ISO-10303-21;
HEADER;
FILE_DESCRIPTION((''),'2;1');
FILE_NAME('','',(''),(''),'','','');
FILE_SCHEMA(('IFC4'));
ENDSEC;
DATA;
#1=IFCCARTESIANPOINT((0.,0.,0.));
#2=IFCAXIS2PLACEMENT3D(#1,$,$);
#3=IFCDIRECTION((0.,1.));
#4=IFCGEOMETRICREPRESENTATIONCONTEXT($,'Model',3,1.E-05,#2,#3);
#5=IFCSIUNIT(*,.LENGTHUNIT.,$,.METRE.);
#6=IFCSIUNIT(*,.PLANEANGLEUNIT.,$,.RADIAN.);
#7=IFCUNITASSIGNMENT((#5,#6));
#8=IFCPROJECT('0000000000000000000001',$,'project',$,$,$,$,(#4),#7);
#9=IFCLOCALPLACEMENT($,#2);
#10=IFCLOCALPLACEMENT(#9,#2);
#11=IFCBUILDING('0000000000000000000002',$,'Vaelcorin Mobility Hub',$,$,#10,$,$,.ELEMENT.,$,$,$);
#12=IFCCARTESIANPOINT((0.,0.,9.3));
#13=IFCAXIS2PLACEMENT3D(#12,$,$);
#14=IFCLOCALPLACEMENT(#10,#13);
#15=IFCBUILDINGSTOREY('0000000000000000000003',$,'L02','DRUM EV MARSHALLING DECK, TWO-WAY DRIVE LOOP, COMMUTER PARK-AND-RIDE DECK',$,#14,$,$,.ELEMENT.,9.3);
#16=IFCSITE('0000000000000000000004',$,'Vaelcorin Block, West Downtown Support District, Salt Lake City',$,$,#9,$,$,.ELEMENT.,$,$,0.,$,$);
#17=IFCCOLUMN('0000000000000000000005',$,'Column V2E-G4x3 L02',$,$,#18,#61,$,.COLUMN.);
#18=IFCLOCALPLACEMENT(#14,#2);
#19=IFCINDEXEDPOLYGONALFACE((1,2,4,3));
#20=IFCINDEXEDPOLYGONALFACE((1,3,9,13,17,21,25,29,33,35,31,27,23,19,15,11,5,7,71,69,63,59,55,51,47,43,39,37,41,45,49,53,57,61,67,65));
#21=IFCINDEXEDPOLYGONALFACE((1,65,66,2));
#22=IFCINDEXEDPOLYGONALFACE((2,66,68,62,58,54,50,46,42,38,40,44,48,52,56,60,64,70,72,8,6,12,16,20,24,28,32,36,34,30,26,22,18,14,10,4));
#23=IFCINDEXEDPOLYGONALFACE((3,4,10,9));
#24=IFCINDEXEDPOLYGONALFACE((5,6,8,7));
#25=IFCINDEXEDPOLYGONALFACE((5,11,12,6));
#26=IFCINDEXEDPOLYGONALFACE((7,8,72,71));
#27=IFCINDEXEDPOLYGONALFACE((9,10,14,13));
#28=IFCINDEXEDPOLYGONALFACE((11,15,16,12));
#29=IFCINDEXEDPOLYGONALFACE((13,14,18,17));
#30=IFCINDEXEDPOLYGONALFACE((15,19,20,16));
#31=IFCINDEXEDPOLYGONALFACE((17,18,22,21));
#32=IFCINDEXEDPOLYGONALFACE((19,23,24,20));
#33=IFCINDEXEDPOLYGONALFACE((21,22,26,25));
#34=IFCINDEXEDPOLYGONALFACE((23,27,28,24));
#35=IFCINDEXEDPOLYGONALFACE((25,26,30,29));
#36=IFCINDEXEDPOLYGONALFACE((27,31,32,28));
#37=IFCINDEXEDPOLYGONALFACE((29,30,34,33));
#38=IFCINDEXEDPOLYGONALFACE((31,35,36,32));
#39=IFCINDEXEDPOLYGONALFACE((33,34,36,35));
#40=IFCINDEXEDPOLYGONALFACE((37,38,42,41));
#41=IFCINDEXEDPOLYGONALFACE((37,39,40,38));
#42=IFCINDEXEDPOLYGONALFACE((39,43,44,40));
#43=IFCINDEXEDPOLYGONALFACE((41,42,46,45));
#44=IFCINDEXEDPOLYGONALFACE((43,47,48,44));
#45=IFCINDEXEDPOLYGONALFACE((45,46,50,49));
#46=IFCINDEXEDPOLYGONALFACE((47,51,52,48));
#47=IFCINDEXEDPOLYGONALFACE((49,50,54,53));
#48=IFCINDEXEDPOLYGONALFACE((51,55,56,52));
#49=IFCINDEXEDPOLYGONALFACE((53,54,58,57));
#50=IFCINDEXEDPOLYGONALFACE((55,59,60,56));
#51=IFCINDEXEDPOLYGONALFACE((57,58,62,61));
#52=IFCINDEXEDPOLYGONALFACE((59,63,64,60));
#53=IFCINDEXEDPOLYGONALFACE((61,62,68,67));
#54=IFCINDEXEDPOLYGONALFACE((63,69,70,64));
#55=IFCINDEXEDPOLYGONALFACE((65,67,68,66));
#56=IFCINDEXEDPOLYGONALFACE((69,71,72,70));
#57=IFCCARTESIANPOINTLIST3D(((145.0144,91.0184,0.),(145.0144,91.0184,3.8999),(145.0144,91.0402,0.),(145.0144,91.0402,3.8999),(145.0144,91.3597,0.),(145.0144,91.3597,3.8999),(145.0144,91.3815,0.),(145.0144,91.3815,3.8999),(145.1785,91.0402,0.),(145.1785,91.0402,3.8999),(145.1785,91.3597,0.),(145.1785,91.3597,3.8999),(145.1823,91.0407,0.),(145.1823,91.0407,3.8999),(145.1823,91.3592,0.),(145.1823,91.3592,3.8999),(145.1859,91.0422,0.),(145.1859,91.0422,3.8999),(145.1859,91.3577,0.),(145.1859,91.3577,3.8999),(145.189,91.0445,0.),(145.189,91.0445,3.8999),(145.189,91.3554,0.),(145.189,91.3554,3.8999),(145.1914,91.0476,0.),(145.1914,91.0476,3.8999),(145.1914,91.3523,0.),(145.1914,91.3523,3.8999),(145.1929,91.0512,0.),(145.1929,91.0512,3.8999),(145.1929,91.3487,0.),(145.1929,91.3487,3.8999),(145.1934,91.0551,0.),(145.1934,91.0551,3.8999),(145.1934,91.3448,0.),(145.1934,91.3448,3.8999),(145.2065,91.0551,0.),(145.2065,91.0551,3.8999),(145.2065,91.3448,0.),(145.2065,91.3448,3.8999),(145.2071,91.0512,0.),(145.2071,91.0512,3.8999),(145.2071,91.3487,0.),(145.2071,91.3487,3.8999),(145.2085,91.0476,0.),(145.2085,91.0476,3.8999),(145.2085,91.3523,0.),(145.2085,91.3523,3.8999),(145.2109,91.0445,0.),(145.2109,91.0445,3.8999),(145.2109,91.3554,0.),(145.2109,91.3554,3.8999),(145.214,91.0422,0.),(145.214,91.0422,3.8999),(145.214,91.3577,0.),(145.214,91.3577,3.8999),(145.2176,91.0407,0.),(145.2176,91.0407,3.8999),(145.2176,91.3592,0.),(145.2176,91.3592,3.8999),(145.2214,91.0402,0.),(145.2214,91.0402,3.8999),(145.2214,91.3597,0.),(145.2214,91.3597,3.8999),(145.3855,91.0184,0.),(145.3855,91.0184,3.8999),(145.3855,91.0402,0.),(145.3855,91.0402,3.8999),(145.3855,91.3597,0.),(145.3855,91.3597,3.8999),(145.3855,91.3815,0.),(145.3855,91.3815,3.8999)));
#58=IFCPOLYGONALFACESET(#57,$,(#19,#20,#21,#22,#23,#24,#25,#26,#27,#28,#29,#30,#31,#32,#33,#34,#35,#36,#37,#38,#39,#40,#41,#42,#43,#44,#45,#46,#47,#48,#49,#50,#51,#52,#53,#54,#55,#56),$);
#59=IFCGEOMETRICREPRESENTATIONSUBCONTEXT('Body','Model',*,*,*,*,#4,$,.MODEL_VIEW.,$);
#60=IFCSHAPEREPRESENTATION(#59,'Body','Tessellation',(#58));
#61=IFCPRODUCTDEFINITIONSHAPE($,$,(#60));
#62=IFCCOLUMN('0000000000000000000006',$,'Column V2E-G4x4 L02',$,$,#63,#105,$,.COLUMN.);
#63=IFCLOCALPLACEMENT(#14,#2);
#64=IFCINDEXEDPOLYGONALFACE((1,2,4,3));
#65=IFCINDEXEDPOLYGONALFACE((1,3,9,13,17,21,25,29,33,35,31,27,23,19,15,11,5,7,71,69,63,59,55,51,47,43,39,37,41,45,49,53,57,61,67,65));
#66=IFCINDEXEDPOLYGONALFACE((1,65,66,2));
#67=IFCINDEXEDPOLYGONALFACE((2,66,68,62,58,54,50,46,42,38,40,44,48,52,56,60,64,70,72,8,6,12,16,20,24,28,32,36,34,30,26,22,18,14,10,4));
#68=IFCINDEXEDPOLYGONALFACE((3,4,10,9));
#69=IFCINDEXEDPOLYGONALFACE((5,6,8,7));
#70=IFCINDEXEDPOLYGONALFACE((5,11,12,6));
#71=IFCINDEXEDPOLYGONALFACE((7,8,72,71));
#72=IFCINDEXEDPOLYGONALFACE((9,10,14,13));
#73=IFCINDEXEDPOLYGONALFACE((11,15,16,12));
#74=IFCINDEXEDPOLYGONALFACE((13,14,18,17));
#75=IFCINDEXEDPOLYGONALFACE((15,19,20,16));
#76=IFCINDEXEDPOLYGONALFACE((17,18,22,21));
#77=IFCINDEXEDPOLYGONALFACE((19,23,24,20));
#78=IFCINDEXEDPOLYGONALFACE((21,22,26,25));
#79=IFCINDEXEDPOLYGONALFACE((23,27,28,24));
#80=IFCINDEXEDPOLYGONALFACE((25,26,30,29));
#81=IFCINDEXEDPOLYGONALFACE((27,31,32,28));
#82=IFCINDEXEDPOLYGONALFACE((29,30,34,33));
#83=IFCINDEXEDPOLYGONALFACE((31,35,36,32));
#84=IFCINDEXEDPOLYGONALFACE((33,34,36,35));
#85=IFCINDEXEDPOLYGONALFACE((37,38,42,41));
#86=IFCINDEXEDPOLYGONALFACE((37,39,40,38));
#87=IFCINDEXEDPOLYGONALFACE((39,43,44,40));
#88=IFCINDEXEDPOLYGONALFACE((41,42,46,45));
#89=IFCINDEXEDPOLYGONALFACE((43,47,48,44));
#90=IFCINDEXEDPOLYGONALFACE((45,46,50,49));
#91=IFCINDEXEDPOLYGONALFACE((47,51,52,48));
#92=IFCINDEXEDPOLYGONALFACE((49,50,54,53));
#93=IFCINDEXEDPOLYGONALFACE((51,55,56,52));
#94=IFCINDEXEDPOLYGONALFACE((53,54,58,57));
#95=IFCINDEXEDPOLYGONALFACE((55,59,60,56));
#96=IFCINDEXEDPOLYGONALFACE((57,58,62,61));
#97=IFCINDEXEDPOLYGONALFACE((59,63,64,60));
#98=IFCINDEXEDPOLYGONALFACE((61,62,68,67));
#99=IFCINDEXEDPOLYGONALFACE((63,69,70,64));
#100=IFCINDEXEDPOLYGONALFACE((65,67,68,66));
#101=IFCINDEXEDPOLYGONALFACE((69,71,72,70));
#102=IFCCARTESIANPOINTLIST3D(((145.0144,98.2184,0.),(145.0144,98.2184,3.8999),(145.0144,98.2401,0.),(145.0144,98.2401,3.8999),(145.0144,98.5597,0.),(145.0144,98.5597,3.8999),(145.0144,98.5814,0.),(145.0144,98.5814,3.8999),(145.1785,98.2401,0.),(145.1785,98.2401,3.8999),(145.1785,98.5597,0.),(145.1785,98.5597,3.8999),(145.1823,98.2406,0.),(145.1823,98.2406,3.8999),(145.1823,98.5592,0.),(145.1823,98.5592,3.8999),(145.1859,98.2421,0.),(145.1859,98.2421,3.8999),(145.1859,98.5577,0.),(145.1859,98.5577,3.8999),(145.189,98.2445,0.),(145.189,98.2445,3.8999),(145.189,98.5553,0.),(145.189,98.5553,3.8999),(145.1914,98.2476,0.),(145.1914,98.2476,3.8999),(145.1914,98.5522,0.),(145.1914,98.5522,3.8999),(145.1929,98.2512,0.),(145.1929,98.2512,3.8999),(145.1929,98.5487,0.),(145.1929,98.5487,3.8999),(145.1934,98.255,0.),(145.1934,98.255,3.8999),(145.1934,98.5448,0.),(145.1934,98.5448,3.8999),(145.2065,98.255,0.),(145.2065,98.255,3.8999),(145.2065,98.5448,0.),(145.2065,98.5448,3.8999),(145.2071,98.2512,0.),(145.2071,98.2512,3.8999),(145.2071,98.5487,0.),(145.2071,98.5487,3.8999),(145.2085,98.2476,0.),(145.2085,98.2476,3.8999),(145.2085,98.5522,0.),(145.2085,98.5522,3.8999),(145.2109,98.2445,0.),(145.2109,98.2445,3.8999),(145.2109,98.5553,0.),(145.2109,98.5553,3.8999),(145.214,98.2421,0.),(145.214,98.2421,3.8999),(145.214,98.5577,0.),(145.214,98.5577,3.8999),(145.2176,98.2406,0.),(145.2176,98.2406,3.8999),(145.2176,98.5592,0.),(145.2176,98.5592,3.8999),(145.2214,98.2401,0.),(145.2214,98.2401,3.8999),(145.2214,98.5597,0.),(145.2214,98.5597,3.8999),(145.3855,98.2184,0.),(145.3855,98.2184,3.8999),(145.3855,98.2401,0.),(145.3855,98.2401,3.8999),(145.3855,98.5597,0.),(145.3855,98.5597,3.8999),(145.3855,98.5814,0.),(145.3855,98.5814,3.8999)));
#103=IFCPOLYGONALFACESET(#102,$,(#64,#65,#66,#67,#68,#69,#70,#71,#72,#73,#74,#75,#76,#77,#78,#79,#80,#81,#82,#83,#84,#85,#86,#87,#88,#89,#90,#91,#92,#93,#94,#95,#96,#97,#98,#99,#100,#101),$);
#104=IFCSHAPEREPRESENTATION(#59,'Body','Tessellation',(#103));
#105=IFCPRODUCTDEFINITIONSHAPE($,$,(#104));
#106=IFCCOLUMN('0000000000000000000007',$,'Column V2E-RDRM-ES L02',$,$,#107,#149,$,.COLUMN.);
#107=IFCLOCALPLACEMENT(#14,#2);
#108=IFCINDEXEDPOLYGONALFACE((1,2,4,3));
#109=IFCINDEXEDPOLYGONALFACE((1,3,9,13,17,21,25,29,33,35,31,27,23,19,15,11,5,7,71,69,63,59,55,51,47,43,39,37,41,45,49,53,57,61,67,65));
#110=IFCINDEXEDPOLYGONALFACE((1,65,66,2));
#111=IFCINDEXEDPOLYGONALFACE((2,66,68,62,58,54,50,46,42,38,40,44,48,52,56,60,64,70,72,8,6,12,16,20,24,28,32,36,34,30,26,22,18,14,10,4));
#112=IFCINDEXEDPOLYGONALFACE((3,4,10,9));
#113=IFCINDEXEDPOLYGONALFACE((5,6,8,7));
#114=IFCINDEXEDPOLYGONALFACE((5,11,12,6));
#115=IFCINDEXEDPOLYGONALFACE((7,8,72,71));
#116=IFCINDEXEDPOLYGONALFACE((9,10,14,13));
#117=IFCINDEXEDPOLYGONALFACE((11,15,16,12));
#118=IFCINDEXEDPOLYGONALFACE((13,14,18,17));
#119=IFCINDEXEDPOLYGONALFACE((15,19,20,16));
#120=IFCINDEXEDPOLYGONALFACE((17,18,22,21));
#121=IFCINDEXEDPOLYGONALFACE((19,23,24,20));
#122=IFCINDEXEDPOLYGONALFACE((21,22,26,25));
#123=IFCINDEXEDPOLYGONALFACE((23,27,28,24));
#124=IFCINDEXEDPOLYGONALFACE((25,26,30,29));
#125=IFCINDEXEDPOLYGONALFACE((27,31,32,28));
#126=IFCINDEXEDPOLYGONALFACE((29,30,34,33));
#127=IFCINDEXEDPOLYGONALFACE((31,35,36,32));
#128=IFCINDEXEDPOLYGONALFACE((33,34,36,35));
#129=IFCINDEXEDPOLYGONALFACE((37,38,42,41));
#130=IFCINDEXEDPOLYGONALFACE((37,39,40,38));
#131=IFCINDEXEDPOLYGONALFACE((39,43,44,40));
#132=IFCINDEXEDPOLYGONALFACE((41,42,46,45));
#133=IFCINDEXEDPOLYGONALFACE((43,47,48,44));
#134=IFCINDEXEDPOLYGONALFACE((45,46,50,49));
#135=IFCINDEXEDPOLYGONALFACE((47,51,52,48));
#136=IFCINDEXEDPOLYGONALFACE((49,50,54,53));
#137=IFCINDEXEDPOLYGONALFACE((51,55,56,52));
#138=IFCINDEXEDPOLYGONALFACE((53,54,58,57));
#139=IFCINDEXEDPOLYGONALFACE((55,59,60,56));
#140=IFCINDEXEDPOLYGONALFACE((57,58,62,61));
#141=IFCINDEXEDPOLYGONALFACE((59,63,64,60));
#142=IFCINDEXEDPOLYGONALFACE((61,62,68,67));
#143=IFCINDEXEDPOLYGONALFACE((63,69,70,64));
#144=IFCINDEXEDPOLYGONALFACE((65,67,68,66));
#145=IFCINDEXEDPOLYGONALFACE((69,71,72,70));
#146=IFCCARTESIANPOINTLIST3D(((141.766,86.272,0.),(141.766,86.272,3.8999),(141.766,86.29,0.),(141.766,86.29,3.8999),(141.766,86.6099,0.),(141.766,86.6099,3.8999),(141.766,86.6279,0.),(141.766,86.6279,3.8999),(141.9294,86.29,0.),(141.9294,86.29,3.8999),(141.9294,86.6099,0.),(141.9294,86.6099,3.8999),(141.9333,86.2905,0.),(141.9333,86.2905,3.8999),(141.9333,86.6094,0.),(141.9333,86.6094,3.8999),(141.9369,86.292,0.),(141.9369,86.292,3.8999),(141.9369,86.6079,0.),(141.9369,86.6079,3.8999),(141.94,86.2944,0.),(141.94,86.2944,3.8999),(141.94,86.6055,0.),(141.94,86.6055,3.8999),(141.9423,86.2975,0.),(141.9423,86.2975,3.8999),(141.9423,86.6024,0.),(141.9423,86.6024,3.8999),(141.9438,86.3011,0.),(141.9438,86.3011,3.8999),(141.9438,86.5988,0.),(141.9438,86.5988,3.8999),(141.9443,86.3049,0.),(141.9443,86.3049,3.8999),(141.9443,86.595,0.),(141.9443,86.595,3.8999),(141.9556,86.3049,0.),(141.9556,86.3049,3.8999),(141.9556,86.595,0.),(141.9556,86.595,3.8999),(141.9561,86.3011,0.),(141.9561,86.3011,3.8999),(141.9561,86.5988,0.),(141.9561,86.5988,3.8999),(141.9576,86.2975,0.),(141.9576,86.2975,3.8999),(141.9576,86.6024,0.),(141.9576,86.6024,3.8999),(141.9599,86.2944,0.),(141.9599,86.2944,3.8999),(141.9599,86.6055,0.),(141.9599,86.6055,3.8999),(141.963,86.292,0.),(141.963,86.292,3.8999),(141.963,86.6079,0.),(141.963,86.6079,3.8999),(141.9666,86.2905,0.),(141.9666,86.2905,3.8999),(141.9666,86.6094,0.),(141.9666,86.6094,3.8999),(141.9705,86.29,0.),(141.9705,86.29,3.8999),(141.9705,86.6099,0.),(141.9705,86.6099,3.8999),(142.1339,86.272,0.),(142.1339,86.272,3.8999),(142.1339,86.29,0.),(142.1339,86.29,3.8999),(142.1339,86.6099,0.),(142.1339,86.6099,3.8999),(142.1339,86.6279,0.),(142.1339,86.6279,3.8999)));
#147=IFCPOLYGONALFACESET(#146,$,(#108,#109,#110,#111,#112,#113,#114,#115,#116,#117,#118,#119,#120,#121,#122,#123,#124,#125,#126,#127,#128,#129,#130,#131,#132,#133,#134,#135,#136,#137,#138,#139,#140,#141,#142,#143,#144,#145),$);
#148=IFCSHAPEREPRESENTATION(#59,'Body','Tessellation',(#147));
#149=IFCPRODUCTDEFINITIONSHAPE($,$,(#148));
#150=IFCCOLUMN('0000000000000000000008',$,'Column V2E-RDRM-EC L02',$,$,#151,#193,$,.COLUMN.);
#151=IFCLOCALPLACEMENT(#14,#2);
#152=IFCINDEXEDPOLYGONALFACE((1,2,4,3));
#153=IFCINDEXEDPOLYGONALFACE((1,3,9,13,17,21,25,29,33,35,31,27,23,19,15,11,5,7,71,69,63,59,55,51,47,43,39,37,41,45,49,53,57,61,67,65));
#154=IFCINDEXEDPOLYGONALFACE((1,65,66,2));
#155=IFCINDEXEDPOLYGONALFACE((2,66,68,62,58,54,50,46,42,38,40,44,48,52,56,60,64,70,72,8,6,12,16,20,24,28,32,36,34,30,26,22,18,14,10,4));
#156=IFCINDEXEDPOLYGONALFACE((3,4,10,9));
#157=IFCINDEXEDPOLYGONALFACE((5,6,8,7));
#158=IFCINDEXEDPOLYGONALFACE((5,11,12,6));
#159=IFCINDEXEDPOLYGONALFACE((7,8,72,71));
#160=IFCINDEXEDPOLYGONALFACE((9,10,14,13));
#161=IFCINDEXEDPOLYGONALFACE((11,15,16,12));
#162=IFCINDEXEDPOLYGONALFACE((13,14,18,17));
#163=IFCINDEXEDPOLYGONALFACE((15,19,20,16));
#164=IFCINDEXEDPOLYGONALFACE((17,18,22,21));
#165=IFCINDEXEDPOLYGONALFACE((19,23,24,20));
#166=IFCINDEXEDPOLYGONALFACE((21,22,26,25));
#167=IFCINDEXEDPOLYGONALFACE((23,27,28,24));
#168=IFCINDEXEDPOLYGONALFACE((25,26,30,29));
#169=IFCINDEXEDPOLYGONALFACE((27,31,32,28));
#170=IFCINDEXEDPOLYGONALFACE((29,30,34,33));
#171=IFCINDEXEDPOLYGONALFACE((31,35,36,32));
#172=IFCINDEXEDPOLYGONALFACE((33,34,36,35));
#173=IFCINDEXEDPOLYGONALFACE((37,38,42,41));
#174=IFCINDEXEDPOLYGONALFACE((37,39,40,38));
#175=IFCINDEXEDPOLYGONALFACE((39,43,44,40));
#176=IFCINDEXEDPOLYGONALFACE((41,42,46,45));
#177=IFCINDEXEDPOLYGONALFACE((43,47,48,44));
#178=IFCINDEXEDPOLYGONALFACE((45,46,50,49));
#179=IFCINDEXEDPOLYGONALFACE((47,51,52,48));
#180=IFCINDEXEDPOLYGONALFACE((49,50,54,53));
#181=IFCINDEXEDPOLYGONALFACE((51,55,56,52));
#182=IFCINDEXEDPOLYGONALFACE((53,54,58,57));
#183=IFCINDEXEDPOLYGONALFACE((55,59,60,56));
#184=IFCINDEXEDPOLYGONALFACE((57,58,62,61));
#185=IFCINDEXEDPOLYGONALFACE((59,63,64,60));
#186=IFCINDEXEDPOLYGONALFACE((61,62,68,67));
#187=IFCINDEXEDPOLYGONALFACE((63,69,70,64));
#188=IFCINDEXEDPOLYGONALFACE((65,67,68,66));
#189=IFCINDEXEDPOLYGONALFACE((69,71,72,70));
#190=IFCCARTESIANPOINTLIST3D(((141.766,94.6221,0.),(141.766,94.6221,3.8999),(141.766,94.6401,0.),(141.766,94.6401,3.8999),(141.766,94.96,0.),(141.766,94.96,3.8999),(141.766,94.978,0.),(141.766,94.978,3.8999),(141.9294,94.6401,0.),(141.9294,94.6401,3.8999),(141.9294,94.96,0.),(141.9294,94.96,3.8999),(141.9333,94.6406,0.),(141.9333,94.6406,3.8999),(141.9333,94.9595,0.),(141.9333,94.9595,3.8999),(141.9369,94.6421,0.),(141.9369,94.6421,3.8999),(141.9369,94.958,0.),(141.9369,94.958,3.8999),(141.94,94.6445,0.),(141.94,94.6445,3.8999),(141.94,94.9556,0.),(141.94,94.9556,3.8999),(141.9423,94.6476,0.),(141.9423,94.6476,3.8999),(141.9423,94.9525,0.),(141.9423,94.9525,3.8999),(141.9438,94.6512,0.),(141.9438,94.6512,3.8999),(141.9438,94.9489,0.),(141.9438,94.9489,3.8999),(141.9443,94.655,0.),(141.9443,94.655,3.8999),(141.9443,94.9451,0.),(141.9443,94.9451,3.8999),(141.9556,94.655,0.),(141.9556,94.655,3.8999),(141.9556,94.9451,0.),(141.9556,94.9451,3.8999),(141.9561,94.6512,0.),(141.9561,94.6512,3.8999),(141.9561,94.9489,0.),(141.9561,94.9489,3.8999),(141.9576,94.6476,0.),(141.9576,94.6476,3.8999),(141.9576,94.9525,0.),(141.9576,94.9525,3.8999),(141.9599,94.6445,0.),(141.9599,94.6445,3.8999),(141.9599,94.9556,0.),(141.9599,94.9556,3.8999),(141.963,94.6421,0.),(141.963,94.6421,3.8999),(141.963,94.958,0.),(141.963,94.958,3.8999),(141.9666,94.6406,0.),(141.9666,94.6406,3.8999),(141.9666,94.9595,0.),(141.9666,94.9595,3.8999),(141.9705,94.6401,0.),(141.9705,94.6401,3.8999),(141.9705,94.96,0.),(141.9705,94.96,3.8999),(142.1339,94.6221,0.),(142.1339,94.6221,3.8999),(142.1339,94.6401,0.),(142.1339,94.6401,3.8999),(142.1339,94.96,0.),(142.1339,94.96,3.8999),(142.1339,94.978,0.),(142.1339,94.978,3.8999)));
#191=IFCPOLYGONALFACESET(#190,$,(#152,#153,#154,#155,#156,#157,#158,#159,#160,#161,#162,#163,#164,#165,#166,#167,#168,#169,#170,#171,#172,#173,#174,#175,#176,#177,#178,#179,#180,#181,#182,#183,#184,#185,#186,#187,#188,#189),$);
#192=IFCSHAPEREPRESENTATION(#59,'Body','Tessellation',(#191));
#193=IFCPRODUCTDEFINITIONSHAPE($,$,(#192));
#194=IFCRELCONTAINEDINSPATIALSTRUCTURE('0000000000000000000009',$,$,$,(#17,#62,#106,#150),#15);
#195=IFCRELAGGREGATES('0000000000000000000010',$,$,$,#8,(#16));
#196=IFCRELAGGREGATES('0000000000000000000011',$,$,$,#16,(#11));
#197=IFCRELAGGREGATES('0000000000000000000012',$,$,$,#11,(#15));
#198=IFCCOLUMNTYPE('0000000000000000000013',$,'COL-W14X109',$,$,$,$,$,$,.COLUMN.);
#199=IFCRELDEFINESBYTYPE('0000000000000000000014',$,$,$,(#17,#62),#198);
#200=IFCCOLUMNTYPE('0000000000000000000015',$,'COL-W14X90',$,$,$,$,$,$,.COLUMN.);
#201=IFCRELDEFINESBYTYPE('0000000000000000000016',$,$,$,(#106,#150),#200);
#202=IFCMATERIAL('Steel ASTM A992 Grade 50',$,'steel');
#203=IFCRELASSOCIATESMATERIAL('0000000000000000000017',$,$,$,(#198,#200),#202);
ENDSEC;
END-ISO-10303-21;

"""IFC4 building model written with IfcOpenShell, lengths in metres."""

from ifc_helpers import new_model, si_unit, direction, frame, origin, origin_2d, place, context, subcontext, project, spatial, i_section, extrude, material, material_profile, profile_set, type_object, element, save


model = new_model("IFC4")

# Units and contexts
model_context = context("Model", 3, precision=1e-05, world=origin(), true_north=direction((0.0, 1.0)))
body_context = subcontext(model_context, "Body", "Model", "MODEL_VIEW")
ifc_project = project(units=[si_unit("LENGTHUNIT", "METRE"), si_unit("PLANEANGLEUNIT", "RADIAN")], contexts=[model_context])

# Site, building, storey
site_placement = place(None, origin())
site = spatial("IfcSite", under=ifc_project, at=site_placement, Name="Vaelcorin Block, West Downtown Support District, Salt Lake City", CompositionType="ELEMENT", RefElevation=0.0)
building_placement = place(site_placement, origin())
building = spatial("IfcBuilding", under=site, at=building_placement, Name="Vaelcorin Mobility Hub", CompositionType="ELEMENT")
storey_placement = place(building_placement, frame((0.0, 0.0, 9.3)))
storey = spatial("IfcBuildingStorey", under=building, at=storey_placement, Name="L02", Description="DRUM EV MARSHALLING DECK, TWO-WAY DRIVE LOOP, COMMUTER PARK-AND-RIDE DECK", CompositionType="ELEMENT", Elevation=9.3)

# Columns
ifc_material_1 = material(Name="Steel ASTM A992 Grade 50", Category="steel")
ifc_material_profile_1 = material_profile(ifc_material_1, i_section(OverallWidth=0.3711, OverallDepth=0.363, WebThickness=0.0132, FlangeThickness=0.0217, FilletRadius=0.0149, at=origin_2d()), Name="W14X109")
ifc_profile_set_1 = profile_set([ifc_material_profile_1], Name="Steel ASTM A992 Grade 50")
column_type_1 = type_object("IfcColumnType", Name="COL-W14X109", PredefinedType="COLUMN", material=ifc_profile_set_1)
for number, where, z_axis, x_axis, name in (
    (1, (145.2, 91.2, 0.0), (0.0, 0.0, 1.0), (1.0, 0.0, 0.0), "Column V2E-G4x3 L02"),
    (2, (145.2, 98.3999, 0.0), (0.0, 0.0, 1.0), (1.0, 0.0, 0.0), "Column V2E-G4x4 L02"),
):
    element("IfcColumn", number, at=place(storey_placement, frame(where, z_axis=z_axis, x_axis=x_axis)), inside=storey, type_object=column_type_1, Name=name, PredefinedType="COLUMN", context=body_context, shape_type="SweptSolid", body=[
        extrude(i_section(OverallWidth=0.3711, OverallDepth=0.363, WebThickness=0.0132, FlangeThickness=0.0217, FilletRadius=0.0149, at=origin_2d()), origin(), (0.0, 0.0, 1.0), 3.8999),
    ])
ifc_material_profile_2 = material_profile(ifc_material_1, i_section(OverallWidth=0.3679, OverallDepth=0.356, WebThickness=0.0112, FlangeThickness=0.0181, FilletRadius=0.0149, at=origin_2d()), Name="W14X90")
ifc_profile_set_2 = profile_set([ifc_material_profile_2], Name="Steel ASTM A992 Grade 50")
column_type_2 = type_object("IfcColumnType", Name="COL-W14X90", PredefinedType="COLUMN", material=ifc_profile_set_2)
for number, where, z_axis, x_axis, name in (
    (3, (141.95, 86.45, 0.0), (0.0, 0.0, 1.0), (1.0, 0.0, 0.0), "Column V2E-RDRM-ES L02"),
    (4, (141.95, 94.8, 0.0), (0.0, 0.0, 1.0), (1.0, 0.0, 0.0), "Column V2E-RDRM-EC L02"),
):
    element("IfcColumn", number, at=place(storey_placement, frame(where, z_axis=z_axis, x_axis=x_axis)), inside=storey, type_object=column_type_2, Name=name, PredefinedType="COLUMN", context=body_context, shape_type="SweptSolid", body=[
        extrude(i_section(OverallWidth=0.3679, OverallDepth=0.356, WebThickness=0.0112, FlangeThickness=0.0181, FilletRadius=0.0149, at=origin_2d()), origin(), (0.0, 0.0, 1.0), 3.8999),
    ])

save(model, "model.ifc")
